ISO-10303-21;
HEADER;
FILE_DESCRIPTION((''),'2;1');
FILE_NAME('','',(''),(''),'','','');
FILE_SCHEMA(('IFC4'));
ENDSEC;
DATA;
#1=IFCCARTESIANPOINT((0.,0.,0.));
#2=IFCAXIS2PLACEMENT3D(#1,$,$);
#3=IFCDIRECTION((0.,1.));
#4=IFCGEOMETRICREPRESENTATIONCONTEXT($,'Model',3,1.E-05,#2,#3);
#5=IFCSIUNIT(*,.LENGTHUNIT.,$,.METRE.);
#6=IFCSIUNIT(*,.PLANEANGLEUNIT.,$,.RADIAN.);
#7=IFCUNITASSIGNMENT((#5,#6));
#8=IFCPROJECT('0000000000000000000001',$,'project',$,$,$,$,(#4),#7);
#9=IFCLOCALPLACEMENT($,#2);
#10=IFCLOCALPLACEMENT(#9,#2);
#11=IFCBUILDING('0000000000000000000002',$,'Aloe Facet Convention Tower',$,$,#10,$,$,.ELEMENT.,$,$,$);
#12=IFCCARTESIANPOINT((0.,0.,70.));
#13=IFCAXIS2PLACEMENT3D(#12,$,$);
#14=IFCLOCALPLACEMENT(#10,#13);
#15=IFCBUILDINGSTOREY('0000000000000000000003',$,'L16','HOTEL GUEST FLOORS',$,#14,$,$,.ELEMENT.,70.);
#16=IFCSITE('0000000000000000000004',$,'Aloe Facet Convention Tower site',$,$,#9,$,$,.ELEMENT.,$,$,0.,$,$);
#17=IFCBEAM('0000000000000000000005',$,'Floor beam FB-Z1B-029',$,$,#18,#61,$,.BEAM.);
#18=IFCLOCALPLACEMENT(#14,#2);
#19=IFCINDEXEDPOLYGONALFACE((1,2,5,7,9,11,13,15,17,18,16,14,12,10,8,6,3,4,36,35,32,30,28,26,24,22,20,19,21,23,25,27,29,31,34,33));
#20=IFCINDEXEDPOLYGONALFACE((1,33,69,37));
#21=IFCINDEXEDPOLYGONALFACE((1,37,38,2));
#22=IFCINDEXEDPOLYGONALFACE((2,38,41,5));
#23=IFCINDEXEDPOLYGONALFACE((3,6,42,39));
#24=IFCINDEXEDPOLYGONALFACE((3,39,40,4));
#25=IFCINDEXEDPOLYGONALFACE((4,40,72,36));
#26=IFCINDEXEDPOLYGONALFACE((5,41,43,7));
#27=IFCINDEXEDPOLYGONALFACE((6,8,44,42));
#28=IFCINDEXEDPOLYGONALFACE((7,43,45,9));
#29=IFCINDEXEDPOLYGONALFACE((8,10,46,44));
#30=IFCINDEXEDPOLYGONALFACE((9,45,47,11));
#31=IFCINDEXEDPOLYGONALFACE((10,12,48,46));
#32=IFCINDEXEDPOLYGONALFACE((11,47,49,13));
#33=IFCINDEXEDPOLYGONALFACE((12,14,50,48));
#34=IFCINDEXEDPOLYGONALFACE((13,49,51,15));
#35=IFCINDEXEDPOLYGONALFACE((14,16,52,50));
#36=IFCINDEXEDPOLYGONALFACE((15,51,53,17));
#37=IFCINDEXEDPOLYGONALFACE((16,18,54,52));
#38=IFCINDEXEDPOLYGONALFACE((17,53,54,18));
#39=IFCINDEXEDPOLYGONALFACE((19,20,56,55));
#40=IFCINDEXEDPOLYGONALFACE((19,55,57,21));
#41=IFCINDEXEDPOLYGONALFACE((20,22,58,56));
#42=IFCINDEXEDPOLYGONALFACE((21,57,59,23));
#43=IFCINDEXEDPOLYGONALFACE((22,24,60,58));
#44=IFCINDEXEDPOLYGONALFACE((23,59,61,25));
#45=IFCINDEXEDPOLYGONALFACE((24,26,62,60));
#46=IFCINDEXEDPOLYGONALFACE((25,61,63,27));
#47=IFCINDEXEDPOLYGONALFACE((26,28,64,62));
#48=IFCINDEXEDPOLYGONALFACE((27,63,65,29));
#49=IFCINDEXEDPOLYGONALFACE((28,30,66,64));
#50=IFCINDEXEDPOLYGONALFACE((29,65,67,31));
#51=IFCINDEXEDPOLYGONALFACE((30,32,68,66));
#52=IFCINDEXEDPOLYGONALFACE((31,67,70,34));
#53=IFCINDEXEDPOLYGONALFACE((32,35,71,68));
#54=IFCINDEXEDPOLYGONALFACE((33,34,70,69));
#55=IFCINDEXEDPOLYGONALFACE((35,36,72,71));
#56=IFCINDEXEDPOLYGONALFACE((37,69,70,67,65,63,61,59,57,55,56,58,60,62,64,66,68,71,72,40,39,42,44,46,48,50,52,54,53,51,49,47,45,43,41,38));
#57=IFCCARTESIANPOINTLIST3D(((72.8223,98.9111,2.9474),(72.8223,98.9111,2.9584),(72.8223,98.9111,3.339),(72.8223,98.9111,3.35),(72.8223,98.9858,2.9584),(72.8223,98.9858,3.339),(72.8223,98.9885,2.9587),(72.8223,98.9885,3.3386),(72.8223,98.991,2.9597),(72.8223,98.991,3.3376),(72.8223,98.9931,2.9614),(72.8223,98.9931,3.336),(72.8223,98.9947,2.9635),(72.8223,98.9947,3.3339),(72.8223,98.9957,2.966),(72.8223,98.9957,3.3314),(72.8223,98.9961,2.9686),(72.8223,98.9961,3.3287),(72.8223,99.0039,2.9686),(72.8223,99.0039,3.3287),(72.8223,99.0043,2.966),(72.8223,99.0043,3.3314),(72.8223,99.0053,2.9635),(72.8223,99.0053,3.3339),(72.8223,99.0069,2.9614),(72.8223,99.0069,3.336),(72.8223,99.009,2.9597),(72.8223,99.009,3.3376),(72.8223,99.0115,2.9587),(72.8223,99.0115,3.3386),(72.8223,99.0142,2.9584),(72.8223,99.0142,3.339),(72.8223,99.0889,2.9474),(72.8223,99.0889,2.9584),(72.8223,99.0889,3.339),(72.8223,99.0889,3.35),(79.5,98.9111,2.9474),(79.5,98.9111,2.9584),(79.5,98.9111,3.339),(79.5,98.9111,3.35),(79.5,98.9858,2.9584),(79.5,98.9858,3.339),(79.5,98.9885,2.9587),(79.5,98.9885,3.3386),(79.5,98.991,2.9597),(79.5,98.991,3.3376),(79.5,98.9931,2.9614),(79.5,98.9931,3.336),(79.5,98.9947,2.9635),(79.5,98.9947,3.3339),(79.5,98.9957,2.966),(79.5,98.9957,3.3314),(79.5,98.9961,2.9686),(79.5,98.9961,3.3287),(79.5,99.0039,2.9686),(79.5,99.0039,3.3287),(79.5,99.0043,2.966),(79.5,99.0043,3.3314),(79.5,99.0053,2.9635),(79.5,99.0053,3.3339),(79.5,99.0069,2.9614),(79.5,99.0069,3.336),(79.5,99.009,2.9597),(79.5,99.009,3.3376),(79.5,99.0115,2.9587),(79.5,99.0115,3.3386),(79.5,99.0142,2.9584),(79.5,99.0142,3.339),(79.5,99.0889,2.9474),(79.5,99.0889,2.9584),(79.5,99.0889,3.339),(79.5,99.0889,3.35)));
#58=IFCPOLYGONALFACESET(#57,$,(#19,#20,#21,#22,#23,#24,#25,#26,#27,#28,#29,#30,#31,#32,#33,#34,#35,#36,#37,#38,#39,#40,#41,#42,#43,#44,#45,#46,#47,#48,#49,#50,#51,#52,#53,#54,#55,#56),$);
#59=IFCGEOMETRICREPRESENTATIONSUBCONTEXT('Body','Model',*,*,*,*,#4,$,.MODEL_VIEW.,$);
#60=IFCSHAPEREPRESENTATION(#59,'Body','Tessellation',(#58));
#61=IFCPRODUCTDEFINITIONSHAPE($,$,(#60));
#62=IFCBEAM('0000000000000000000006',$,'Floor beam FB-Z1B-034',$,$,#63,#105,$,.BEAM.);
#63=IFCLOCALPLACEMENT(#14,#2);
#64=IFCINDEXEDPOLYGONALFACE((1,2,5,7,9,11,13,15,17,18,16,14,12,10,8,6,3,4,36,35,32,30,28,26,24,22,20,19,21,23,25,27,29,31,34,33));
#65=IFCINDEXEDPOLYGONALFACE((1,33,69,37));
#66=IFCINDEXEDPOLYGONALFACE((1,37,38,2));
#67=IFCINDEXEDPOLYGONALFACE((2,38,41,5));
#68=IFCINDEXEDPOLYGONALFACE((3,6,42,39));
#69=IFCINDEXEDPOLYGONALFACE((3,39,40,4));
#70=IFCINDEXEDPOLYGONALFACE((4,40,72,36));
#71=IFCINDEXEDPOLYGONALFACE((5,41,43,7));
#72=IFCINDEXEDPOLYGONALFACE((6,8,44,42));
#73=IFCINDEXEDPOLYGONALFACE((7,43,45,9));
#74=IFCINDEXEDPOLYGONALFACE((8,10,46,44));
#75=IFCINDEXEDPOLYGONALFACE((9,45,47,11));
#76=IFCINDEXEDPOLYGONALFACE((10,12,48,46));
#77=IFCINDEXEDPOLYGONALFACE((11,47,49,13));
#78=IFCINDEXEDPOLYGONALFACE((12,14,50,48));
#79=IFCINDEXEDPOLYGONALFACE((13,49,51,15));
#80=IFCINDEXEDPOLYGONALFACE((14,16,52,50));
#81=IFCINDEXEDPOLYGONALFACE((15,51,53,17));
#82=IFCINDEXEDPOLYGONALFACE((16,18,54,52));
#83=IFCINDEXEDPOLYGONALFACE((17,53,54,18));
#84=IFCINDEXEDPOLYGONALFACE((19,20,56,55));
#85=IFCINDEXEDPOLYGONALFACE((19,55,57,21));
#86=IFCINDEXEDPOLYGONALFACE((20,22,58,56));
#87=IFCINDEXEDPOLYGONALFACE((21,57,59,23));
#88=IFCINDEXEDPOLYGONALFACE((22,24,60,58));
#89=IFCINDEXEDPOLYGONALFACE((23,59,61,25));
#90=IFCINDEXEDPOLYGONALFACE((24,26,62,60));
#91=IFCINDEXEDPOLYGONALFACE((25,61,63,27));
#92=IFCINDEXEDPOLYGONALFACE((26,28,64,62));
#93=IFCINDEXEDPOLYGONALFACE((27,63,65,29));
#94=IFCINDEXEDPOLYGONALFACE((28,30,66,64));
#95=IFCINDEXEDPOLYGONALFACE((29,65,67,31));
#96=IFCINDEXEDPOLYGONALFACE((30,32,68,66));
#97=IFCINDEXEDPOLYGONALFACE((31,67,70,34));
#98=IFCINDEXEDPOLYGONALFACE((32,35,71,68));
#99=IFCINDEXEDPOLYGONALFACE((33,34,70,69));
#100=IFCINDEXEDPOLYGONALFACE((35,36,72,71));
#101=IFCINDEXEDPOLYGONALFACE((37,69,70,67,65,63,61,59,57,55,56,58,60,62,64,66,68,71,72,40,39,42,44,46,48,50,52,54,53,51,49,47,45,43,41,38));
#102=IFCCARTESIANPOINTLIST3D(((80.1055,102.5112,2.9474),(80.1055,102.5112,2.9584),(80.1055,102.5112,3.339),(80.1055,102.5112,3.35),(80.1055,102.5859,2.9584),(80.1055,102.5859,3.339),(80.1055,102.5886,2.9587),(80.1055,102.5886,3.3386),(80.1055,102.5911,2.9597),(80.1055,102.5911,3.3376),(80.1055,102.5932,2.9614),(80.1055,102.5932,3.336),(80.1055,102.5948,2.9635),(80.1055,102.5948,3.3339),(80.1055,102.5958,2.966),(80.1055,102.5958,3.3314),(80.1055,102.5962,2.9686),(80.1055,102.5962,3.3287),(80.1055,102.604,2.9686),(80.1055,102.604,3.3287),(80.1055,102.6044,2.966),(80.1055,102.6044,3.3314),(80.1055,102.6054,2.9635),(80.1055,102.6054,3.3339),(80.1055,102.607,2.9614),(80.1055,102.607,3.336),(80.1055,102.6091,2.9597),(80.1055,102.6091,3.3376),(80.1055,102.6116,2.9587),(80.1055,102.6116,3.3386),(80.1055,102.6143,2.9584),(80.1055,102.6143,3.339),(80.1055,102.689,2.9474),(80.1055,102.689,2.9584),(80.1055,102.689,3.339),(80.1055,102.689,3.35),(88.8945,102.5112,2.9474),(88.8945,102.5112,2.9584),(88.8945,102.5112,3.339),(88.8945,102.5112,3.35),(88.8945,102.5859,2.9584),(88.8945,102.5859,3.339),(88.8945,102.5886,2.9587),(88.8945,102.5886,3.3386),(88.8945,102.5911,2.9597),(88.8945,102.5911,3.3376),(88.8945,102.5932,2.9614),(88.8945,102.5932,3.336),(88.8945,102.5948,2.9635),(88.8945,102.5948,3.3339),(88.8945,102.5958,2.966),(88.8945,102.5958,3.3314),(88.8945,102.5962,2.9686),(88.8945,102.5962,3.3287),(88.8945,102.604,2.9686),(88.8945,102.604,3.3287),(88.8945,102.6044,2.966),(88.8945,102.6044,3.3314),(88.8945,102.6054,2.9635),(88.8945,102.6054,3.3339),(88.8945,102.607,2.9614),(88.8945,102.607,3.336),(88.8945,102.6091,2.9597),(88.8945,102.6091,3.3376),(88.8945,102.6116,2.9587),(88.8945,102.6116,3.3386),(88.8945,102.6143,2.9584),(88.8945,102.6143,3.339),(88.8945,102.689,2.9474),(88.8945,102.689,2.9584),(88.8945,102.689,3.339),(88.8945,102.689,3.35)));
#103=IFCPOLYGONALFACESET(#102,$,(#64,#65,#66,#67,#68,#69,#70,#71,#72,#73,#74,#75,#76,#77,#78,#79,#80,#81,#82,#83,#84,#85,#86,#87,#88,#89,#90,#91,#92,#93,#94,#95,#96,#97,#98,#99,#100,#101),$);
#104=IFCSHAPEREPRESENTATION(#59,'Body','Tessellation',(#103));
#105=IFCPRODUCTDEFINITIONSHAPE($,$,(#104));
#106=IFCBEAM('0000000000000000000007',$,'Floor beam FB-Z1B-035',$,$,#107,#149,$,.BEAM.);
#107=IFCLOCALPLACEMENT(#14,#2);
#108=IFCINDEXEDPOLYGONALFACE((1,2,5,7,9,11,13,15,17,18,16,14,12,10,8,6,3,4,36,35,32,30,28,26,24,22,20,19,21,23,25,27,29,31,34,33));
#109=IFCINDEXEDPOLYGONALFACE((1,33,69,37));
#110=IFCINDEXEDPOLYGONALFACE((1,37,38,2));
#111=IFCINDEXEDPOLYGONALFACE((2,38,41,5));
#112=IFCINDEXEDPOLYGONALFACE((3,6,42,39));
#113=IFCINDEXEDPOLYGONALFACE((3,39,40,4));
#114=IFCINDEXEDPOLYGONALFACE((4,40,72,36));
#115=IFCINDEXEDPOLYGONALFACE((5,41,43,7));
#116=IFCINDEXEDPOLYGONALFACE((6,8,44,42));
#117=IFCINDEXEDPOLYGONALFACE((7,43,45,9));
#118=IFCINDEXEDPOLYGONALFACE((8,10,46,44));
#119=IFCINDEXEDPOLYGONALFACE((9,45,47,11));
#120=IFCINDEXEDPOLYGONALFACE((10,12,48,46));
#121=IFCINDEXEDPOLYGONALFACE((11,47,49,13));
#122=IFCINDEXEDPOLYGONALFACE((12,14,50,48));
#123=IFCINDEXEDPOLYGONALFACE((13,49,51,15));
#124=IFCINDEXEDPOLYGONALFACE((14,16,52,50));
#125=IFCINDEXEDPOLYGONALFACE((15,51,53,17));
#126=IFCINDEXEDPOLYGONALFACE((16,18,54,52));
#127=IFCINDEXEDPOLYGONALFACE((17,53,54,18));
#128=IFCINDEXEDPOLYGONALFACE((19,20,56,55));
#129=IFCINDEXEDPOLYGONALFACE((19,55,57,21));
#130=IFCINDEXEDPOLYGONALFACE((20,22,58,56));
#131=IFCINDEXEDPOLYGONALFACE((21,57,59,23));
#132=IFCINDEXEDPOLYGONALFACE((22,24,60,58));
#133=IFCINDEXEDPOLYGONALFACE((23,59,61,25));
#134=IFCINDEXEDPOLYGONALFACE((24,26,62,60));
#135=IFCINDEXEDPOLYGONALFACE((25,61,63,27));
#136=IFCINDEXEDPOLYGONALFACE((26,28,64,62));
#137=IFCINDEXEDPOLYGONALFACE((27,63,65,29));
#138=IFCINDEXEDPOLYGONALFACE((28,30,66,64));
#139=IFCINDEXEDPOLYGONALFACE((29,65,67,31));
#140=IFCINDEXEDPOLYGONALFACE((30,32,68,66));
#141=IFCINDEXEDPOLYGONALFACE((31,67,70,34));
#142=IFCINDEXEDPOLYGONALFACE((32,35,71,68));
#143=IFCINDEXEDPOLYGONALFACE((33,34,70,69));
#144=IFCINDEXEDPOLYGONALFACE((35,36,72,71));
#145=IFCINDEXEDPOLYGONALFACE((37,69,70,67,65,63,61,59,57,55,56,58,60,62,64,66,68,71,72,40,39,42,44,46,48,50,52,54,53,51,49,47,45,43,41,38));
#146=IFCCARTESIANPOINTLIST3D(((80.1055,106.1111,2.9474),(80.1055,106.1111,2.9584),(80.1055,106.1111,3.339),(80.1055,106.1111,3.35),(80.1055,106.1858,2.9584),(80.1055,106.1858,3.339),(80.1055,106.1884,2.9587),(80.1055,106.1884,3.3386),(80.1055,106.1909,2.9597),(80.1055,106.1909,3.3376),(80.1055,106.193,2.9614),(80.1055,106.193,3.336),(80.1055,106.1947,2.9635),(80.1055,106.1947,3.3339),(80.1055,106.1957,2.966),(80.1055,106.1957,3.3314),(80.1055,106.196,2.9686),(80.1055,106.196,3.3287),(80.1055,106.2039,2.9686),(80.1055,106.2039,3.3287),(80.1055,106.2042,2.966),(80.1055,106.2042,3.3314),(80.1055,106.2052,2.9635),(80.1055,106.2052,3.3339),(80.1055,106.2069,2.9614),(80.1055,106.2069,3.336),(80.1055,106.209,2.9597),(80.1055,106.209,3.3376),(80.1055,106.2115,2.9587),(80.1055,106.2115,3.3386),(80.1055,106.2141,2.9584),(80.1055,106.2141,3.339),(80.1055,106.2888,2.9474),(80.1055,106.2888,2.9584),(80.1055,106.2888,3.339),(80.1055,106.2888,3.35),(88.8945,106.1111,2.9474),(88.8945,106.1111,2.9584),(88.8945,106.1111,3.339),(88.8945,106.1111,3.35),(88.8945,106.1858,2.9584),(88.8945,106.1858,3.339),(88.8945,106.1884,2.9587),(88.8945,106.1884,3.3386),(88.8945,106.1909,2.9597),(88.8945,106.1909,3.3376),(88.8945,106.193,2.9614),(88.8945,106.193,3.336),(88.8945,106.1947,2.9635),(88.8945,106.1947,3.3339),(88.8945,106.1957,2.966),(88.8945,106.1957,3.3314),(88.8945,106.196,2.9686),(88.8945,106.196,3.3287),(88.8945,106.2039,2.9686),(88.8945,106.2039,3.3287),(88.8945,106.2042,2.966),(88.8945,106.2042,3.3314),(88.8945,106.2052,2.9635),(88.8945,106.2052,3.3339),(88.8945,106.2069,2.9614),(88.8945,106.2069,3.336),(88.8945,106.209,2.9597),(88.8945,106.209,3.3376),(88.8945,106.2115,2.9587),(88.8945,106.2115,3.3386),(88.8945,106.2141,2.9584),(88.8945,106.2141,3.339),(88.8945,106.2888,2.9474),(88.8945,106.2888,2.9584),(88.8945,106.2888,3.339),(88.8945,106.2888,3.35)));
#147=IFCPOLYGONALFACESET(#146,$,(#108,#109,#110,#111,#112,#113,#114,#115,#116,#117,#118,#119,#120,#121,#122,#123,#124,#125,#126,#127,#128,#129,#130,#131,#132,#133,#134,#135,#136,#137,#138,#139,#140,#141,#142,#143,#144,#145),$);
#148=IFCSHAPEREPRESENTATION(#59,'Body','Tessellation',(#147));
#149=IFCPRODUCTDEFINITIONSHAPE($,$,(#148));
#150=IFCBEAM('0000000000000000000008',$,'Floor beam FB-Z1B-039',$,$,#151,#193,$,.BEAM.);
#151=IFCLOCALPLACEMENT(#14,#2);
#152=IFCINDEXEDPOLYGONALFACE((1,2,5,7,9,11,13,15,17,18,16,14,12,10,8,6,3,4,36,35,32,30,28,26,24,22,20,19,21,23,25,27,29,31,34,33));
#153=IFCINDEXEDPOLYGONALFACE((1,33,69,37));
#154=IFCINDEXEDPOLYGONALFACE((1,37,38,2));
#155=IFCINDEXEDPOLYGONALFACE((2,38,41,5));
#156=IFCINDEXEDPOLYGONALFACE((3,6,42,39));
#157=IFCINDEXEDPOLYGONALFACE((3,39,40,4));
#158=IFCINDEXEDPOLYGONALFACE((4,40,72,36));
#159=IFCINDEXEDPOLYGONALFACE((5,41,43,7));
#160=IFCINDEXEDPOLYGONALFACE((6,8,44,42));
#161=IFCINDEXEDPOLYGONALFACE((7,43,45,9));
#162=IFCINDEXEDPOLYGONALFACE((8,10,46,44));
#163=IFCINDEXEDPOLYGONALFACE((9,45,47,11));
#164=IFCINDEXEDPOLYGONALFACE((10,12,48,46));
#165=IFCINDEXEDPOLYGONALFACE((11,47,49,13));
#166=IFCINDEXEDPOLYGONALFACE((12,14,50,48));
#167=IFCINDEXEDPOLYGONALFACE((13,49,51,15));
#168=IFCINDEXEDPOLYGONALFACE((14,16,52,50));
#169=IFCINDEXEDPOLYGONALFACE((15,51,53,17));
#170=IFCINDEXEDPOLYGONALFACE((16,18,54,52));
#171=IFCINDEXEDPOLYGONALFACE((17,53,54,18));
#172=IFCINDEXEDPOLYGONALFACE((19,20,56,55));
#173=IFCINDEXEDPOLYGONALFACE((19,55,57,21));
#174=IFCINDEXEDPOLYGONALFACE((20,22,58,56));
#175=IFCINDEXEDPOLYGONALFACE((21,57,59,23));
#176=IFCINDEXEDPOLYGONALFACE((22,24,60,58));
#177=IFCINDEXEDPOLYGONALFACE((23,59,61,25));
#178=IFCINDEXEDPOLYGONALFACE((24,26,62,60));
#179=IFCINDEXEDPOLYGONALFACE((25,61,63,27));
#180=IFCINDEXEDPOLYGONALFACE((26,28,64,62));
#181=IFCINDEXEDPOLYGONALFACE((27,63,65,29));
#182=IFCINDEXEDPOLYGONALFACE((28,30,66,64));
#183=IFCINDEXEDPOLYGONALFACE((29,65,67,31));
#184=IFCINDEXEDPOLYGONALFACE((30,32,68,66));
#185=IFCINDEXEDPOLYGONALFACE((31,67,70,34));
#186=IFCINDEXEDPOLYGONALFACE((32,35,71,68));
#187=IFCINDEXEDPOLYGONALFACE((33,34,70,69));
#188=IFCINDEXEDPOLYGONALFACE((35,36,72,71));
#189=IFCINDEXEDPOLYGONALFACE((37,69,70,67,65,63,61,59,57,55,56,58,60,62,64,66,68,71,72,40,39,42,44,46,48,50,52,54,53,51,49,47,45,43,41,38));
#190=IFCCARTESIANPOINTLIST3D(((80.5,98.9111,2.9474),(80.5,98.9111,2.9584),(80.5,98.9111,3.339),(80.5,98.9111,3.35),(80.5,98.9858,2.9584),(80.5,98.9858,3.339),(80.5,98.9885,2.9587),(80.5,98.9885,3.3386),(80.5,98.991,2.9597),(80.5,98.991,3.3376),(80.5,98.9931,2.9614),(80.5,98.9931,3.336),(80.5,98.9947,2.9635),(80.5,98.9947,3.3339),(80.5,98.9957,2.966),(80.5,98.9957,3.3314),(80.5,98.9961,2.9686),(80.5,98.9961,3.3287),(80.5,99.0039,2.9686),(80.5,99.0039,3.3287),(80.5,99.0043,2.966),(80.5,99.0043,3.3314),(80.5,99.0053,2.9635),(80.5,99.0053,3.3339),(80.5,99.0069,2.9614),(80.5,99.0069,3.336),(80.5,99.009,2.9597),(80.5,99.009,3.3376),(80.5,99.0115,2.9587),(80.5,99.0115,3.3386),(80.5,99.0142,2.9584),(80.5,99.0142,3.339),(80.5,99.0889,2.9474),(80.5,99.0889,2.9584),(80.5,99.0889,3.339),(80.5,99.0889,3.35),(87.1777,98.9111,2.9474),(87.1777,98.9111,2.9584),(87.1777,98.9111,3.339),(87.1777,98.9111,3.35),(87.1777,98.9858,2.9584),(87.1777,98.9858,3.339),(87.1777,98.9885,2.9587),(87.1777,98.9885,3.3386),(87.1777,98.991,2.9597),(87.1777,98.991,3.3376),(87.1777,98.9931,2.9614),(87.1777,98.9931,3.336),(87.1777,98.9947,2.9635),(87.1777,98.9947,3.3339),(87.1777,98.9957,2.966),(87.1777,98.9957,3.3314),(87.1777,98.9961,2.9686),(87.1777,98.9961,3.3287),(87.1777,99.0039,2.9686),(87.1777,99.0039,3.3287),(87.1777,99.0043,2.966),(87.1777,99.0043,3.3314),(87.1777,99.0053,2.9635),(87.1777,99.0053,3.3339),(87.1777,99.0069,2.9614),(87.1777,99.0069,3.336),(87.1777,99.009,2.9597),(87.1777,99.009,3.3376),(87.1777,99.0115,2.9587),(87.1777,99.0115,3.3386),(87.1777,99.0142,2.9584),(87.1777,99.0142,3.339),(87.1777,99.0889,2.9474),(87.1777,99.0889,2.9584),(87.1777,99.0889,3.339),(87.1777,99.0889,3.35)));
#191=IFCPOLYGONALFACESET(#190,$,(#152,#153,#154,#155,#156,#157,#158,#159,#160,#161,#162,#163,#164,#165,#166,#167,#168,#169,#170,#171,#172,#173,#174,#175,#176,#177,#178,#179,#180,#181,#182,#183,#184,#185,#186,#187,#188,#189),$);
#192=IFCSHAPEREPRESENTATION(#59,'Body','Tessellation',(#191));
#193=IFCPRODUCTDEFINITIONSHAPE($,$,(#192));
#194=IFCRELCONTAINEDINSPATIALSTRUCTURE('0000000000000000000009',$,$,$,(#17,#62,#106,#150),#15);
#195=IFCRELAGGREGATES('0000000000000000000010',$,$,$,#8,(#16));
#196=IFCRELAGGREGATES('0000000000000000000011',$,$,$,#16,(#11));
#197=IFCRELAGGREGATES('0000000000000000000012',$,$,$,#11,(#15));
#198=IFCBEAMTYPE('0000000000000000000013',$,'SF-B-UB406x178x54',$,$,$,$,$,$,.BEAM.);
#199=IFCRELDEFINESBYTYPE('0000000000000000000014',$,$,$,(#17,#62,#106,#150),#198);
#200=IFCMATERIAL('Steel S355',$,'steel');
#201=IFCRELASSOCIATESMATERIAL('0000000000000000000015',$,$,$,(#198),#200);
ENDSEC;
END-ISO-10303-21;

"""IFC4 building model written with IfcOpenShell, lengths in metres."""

from ifc_helpers import new_model, si_unit, direction, frame, origin, origin_2d, place, context, subcontext, project, spatial, i_section, extrude, material, material_profile, profile_set, type_object, element, save


model = new_model("IFC4")

# Units and contexts
model_context = context("Model", 3, precision=1e-05, world=origin(), true_north=direction((0.0, 1.0)))
body_context = subcontext(model_context, "Body", "Model", "MODEL_VIEW")
ifc_project = project(units=[si_unit("LENGTHUNIT", "METRE"), si_unit("PLANEANGLEUNIT", "RADIAN")], contexts=[model_context])

# Site, building, storey
site_placement = place(None, origin())
site = spatial("IfcSite", under=ifc_project, at=site_placement, Name="Aloe Facet Convention Tower site", CompositionType="ELEMENT", RefElevation=0.0)
building_placement = place(site_placement, origin())
building = spatial("IfcBuilding", under=site, at=building_placement, Name="Aloe Facet Convention Tower", CompositionType="ELEMENT")
storey_placement = place(building_placement, frame((0.0, 0.0, 70.0)))
storey = spatial("IfcBuildingStorey", under=building, at=storey_placement, Name="L16", Description="HOTEL GUEST FLOORS", CompositionType="ELEMENT", Elevation=70.0)

# Beams
ifc_material_1 = material(Name="Steel S355", Category="steel")
ifc_material_profile_1 = material_profile(ifc_material_1, i_section(OverallWidth=0.1777, OverallDepth=0.4026, WebThickness=0.0078, FlangeThickness=0.011, FilletRadius=0.0103, at=origin_2d()), Name="UB 406x178x54")
ifc_profile_set_1 = profile_set([ifc_material_profile_1], Name="Steel S355")
beam_type = type_object("IfcBeamType", Name="SF-B-UB406x178x54", PredefinedType="BEAM", material=ifc_profile_set_1)
beam_1_placement = place(storey_placement, frame((72.8223, 99.0, 3.1487), z_axis=(1.0, 0.0, 0.0), x_axis=(0.0, 1.0, 0.0)))
element("IfcBeam", 1, at=beam_1_placement, inside=storey, type_object=beam_type, Name="Floor beam FB-Z1B-029", PredefinedType="BEAM", context=body_context, shape_type="SweptSolid", body=[
    extrude(i_section(OverallWidth=0.1777, OverallDepth=0.4026, WebThickness=0.0078, FlangeThickness=0.011, FilletRadius=0.0103, at=origin_2d()), origin(), (0.0, 0.0, 1.0), 6.6777),
])
for number, where, z_axis, x_axis, name in (
    (2, (80.1055, 102.6001, 3.1487), (1.0, 0.0, 0.0), (0.0, 1.0, 0.0), "Floor beam FB-Z1B-034"),
    (3, (80.1055, 106.2, 3.1487), (1.0, 0.0, 0.0), (0.0, 1.0, 0.0), "Floor beam FB-Z1B-035"),
):
    element("IfcBeam", number, at=place(storey_placement, frame(where, z_axis=z_axis, x_axis=x_axis)), inside=storey, type_object=beam_type, Name=name, PredefinedType="BEAM", context=body_context, shape_type="SweptSolid", body=[
        extrude(i_section(OverallWidth=0.1777, OverallDepth=0.4026, WebThickness=0.0078, FlangeThickness=0.011, FilletRadius=0.0103, at=origin_2d()), origin(), (0.0, 0.0, 1.0), 8.7891),
    ])
beam_2_placement = place(storey_placement, frame((80.5, 99.0, 3.1487), z_axis=(1.0, 0.0, 0.0), x_axis=(0.0, 1.0, 0.0)))
element("IfcBeam", 4, at=beam_2_placement, inside=storey, type_object=beam_type, Name="Floor beam FB-Z1B-039", PredefinedType="BEAM", context=body_context, shape_type="SweptSolid", body=[
    extrude(i_section(OverallWidth=0.1777, OverallDepth=0.4026, WebThickness=0.0078, FlangeThickness=0.011, FilletRadius=0.0103, at=origin_2d()), origin(), (0.0, 0.0, 1.0), 6.6777),
])

save(model, "model.ifc")
